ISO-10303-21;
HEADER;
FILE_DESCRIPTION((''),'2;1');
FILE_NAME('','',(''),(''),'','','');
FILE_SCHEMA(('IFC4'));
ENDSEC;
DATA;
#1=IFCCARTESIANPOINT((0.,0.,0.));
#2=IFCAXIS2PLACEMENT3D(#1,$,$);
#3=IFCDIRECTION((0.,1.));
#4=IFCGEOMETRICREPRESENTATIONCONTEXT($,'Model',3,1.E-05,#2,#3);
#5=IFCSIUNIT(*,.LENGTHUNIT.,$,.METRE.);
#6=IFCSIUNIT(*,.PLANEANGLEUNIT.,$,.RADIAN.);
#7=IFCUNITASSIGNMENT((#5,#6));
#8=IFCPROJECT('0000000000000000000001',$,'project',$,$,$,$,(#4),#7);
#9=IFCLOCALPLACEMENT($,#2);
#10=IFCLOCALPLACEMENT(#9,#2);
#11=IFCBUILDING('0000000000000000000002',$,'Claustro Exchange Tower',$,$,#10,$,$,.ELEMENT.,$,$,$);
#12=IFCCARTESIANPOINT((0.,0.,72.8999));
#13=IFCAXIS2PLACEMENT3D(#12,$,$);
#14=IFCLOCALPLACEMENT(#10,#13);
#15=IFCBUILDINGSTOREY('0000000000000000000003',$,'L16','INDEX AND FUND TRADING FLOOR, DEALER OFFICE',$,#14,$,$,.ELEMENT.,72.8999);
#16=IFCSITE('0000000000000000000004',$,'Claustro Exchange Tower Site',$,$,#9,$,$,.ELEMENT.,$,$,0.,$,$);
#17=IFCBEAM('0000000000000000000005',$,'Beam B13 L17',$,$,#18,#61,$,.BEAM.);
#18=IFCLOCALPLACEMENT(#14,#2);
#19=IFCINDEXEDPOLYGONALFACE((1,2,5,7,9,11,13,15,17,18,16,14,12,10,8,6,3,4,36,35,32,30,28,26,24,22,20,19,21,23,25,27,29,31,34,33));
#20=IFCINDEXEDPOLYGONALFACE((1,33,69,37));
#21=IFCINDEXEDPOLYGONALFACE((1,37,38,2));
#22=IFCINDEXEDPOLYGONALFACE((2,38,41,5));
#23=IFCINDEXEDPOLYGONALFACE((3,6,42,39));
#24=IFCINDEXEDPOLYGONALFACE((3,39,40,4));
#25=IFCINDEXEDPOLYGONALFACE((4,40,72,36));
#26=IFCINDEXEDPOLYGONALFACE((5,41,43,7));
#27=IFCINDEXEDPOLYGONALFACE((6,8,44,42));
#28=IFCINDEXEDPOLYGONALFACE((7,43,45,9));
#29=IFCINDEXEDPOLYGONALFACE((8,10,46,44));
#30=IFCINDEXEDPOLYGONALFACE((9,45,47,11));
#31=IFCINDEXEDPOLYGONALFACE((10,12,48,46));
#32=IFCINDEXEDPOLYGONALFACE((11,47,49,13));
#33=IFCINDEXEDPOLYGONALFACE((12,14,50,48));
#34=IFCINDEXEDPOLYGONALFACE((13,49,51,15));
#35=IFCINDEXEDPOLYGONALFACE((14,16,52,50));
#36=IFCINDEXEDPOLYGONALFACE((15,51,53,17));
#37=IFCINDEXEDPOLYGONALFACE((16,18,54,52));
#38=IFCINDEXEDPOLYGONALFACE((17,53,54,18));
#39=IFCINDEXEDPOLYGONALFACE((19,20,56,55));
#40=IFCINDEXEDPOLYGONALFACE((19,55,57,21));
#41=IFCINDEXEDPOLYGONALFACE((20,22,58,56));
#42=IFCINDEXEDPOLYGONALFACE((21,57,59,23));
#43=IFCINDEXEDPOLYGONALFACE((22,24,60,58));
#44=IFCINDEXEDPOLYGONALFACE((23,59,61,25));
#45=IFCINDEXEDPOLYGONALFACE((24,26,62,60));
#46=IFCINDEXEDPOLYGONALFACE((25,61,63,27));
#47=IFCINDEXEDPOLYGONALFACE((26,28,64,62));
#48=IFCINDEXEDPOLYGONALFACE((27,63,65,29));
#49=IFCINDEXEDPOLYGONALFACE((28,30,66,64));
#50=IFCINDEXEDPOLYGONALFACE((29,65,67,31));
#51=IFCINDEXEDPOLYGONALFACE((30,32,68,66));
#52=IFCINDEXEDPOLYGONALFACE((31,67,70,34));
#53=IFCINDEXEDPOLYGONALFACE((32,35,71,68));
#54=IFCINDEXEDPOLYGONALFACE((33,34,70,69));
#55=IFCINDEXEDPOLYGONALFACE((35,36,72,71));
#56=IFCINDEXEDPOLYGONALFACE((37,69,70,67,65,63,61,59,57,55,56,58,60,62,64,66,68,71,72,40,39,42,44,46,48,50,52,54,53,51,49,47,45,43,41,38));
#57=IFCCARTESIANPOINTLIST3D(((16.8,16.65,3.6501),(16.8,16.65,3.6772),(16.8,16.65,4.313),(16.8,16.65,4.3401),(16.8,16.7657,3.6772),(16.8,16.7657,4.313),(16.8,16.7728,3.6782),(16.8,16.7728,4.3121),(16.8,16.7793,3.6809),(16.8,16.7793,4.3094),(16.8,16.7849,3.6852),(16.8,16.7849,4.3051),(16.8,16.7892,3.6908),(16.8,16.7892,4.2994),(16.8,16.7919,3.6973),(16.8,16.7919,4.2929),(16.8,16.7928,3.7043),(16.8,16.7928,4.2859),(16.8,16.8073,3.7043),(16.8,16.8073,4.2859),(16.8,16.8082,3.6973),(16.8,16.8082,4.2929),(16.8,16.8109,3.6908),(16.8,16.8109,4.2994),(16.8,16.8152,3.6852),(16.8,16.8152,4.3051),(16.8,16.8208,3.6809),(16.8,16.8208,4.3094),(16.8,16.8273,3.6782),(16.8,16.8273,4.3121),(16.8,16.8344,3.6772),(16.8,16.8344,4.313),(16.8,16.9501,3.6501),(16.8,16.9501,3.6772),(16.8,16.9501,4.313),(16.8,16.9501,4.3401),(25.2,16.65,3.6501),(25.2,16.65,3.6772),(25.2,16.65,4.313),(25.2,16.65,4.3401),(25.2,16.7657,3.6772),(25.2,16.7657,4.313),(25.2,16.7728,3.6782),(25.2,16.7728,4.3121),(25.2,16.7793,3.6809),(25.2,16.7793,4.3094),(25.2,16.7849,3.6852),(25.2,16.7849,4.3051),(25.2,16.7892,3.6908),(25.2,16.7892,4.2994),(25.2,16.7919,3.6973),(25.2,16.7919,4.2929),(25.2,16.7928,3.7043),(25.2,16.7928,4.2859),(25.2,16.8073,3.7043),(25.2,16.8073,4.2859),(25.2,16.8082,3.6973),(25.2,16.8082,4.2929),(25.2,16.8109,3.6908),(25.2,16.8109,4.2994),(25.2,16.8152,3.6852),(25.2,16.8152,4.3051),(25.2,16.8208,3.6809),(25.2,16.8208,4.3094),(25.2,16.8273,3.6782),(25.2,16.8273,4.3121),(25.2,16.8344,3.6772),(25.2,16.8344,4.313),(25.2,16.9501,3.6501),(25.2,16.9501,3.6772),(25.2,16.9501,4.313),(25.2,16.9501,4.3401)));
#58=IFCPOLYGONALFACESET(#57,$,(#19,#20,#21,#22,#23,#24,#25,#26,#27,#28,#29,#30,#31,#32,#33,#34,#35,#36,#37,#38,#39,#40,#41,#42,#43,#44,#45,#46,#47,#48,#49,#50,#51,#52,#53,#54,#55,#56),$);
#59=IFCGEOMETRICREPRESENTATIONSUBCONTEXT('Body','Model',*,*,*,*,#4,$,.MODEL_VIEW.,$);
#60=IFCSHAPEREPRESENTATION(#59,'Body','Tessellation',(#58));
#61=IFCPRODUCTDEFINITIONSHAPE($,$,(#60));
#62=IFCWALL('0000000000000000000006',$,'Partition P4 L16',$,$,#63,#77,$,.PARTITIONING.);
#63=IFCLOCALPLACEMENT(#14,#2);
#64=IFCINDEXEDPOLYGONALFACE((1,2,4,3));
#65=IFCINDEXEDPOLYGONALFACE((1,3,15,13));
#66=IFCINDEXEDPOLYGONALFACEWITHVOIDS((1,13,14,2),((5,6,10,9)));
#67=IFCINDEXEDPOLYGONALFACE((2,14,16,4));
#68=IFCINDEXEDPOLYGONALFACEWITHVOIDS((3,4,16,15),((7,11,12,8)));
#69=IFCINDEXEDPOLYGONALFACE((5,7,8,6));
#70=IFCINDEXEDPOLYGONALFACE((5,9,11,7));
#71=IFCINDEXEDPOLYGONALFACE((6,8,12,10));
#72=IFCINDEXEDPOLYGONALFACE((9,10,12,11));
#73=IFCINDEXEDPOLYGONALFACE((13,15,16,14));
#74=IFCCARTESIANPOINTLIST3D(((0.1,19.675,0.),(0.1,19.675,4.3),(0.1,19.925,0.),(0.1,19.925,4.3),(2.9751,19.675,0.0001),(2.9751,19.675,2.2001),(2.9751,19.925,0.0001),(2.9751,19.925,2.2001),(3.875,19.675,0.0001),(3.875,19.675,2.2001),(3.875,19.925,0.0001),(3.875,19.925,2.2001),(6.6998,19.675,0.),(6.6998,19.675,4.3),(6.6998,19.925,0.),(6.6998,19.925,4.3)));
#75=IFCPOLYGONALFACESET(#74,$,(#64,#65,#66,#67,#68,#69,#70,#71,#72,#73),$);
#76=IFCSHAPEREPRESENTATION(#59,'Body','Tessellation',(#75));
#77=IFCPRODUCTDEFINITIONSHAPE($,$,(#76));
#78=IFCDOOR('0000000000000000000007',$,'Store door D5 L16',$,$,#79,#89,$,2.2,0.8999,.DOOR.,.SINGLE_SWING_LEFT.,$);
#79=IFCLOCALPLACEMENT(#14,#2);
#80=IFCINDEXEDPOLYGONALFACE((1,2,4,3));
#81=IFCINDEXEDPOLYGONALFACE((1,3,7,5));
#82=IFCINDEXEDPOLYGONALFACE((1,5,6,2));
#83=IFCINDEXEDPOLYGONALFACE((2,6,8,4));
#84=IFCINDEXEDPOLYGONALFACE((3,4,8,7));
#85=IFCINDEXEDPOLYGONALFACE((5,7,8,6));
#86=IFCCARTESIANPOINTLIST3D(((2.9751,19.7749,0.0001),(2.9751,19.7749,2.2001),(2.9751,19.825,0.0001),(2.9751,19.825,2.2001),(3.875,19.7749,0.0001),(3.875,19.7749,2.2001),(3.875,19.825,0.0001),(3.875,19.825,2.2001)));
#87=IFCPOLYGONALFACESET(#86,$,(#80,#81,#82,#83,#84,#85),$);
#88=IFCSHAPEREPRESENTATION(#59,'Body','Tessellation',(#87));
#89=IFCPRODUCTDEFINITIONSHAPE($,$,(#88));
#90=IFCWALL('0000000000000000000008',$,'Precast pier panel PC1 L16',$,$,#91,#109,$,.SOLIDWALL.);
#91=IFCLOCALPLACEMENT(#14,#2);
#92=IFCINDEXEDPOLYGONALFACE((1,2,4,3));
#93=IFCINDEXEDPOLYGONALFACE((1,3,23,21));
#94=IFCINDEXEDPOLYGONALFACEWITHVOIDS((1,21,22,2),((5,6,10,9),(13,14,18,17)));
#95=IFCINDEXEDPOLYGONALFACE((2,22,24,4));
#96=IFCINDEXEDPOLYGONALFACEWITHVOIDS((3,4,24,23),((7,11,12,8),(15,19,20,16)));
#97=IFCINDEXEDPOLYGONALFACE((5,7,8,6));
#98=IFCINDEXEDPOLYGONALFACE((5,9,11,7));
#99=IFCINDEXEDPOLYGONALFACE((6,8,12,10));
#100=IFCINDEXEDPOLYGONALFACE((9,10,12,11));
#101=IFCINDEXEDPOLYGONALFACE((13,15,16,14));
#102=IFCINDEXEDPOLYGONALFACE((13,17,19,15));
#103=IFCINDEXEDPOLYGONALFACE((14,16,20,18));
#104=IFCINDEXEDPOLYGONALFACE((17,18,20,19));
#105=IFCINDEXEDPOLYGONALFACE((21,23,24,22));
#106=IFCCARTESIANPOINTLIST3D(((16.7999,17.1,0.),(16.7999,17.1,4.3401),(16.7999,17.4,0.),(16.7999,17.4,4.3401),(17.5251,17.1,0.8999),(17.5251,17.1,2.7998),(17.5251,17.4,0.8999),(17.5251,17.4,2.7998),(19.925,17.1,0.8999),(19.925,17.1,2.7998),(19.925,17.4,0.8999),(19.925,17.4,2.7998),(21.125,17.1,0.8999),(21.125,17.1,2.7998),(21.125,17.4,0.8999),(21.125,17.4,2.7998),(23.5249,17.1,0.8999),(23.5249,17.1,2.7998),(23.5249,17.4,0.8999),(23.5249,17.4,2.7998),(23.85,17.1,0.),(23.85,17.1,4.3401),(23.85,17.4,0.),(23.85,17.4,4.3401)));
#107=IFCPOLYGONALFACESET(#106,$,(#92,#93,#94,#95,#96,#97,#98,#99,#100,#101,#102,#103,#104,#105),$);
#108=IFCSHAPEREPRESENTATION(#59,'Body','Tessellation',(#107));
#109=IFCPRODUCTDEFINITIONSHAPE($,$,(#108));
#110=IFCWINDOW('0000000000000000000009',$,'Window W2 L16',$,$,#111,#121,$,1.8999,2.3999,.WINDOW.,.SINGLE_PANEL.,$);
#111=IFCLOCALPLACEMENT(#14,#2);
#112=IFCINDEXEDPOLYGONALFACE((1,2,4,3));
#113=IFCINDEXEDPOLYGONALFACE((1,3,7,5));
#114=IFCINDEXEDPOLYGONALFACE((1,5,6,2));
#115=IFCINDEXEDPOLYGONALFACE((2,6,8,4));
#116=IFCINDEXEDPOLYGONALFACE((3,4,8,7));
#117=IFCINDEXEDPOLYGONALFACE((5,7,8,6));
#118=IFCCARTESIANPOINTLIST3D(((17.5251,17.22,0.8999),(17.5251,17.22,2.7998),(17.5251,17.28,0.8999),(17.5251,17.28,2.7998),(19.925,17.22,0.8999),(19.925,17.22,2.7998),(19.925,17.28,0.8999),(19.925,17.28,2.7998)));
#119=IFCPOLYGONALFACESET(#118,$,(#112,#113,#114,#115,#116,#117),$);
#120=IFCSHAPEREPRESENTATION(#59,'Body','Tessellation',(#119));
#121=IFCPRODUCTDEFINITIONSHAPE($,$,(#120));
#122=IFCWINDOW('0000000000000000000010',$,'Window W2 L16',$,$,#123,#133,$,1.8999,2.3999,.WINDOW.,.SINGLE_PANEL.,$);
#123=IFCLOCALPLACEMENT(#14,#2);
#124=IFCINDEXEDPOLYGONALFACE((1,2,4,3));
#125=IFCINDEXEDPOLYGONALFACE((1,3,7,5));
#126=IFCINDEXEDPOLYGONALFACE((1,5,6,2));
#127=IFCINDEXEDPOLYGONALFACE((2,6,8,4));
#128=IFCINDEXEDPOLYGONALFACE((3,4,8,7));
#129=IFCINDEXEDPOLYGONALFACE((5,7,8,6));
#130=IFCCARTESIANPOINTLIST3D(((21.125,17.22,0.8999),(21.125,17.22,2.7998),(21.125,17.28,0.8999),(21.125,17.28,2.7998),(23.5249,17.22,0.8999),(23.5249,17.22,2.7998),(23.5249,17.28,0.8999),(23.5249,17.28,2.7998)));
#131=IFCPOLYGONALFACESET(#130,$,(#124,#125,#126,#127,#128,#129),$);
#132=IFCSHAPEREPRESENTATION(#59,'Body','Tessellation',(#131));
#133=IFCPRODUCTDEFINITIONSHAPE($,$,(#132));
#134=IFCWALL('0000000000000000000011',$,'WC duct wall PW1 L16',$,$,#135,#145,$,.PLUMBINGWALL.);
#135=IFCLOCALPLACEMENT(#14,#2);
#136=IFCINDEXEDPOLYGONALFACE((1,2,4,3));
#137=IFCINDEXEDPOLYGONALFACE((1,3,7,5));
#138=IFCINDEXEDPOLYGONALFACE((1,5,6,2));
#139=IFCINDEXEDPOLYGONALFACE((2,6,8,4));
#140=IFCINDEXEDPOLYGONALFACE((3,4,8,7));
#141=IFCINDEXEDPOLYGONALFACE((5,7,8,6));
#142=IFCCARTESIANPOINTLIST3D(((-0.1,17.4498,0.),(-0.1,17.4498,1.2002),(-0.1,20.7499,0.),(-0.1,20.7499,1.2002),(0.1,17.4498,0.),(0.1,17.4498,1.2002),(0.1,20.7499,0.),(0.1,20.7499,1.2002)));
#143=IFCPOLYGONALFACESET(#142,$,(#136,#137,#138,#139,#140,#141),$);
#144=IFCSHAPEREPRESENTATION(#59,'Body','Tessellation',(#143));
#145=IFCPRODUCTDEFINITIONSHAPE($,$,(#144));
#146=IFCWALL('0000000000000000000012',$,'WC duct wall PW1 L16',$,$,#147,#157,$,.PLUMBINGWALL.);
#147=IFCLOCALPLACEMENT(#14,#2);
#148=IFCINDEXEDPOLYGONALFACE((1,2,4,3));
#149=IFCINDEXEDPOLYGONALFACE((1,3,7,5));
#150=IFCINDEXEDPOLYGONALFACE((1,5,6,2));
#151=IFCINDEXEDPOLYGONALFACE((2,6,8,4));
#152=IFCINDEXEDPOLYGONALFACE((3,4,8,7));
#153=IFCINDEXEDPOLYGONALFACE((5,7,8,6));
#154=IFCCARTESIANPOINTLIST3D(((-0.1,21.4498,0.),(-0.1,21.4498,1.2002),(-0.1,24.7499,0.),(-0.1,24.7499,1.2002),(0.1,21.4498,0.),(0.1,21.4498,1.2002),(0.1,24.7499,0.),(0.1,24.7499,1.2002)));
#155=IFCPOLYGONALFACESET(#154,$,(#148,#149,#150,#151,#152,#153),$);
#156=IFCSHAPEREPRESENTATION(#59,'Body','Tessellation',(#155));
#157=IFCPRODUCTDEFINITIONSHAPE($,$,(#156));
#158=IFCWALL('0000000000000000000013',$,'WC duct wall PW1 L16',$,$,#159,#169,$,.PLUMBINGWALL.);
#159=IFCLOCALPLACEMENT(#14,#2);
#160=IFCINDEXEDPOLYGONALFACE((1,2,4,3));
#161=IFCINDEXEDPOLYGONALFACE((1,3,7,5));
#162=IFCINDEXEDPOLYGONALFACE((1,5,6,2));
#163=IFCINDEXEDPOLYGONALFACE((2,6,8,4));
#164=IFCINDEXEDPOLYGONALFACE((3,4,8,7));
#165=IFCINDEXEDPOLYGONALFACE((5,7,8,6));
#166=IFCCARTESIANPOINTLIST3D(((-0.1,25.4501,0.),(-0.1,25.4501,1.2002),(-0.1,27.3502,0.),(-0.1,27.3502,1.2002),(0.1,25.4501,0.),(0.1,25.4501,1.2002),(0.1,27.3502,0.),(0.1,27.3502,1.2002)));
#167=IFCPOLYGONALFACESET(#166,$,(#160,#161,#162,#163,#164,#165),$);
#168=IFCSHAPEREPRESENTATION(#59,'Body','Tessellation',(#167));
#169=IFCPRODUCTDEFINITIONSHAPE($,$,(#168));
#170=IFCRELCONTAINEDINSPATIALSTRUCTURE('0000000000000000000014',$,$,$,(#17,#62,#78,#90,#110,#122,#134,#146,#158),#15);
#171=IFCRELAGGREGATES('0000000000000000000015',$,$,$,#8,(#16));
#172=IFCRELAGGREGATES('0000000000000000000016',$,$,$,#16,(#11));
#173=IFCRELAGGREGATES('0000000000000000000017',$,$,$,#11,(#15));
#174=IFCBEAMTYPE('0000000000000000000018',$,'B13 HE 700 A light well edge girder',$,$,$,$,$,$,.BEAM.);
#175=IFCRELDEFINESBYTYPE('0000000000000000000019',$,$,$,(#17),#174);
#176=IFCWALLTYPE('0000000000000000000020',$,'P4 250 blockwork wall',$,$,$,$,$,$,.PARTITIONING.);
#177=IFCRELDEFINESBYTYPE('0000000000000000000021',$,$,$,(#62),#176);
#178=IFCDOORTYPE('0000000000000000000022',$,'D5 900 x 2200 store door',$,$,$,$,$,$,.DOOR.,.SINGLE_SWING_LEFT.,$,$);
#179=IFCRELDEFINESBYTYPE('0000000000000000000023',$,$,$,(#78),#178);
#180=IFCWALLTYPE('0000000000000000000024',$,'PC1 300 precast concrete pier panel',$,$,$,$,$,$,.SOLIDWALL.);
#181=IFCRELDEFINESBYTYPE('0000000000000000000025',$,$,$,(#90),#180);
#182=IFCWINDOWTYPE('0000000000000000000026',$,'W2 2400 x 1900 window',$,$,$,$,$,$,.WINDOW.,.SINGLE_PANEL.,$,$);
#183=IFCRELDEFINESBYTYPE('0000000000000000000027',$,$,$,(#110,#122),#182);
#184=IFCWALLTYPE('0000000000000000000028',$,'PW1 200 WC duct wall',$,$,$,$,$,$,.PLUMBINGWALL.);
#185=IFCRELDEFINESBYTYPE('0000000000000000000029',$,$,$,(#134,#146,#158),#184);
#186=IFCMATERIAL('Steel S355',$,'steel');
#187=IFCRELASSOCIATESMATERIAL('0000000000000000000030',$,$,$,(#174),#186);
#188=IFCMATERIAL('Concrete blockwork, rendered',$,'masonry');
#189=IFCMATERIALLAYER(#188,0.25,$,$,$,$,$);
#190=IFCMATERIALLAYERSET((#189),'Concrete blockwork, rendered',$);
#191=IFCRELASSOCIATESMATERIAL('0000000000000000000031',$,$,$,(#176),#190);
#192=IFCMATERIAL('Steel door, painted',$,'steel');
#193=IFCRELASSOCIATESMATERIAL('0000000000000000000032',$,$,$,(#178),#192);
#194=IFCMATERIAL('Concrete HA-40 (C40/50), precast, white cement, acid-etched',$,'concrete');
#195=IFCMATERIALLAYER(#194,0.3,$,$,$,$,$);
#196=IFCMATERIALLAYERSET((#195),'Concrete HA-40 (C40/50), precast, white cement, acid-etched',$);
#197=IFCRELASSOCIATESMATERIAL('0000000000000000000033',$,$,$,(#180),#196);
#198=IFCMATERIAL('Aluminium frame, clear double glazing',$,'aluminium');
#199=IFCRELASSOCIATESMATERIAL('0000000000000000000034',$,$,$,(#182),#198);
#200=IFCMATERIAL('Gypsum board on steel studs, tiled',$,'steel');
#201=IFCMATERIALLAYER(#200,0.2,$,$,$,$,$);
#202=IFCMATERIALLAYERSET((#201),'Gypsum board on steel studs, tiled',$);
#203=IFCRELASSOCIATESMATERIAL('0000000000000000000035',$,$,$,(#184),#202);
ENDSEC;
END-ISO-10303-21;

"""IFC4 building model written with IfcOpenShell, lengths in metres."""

from ifc_helpers import new_model, si_unit, direction, frame, frame_2d, origin, origin_2d, place, context, subcontext, project, spatial, rectangle, i_section, extrude, material, layer, layer_set, material_profile, profile_set, type_object, element, fill, save


model = new_model("IFC4")

# Units and contexts
model_context = context("Model", 3, precision=1e-05, world=origin(), true_north=direction((0.0, 1.0)))
body_context = subcontext(model_context, "Body", "Model", "MODEL_VIEW")
ifc_project = project(units=[si_unit("LENGTHUNIT", "METRE"), si_unit("PLANEANGLEUNIT", "RADIAN")], contexts=[model_context])

# Site, building, storey
site_placement = place(None, origin())
site = spatial("IfcSite", under=ifc_project, at=site_placement, Name="Claustro Exchange Tower Site", CompositionType="ELEMENT", RefElevation=0.0)
building_placement = place(site_placement, origin())
building = spatial("IfcBuilding", under=site, at=building_placement, Name="Claustro Exchange Tower", CompositionType="ELEMENT")
storey_placement = place(building_placement, frame((0.0, 0.0, 72.8999)))
storey = spatial("IfcBuildingStorey", under=building, at=storey_placement, Name="L16", Description="INDEX AND FUND TRADING FLOOR, DEALER OFFICE", CompositionType="ELEMENT", Elevation=72.8999)

# Beam
ifc_material_1 = material(Name="Steel S355", Category="steel")
ifc_material_profile = material_profile(ifc_material_1, i_section(OverallWidth=0.3, OverallDepth=0.6899, WebThickness=0.0144, FlangeThickness=0.0271, FilletRadius=0.0271, at=origin_2d()), Name="HE 700 A")
ifc_profile_set = profile_set([ifc_material_profile], Name="Steel S355")
beam_type = type_object("IfcBeamType", Name="B13 HE 700 A light well edge girder", PredefinedType="BEAM", material=ifc_profile_set)
beam_placement = place(storey_placement, frame((16.8, 16.8, 3.9951), z_axis=(1.0, 0.0, 0.0), x_axis=(0.0, 1.0, 0.0)))
element("IfcBeam", 1, at=beam_placement, inside=storey, type_object=beam_type, Name="Beam B13 L17", PredefinedType="BEAM", context=body_context, shape_type="SweptSolid", body=[
    extrude(i_section(OverallWidth=0.3, OverallDepth=0.6899, WebThickness=0.0144, FlangeThickness=0.0271, FilletRadius=0.0271, at=origin_2d()), origin(), (0.0, 0.0, 1.0), 8.3999),
])

# Wall, opening, door
ifc_material_2 = material(Name="Concrete blockwork, rendered", Category="masonry")
ifc_layer_1 = layer(ifc_material_2, 0.25)
ifc_layer_set_1 = layer_set([ifc_layer_1], Name="Concrete blockwork, rendered")
wall_type_1 = type_object("IfcWallType", Name="P4 250 blockwork wall", PredefinedType="PARTITIONING", material=ifc_layer_set_1)
wall_1_placement = place(storey_placement, frame((0.1001, 19.8, 0.0), z_axis=(0.0, 0.0, 1.0), x_axis=(1.0, 0.0, 0.0)))
wall_1 = element("IfcWall", 2, at=wall_1_placement, inside=storey, type_object=wall_type_1, Name="Partition P4 L16", PredefinedType="PARTITIONING", context=body_context, shape_type="SweptSolid", body=[
    extrude(rectangle(XDim=6.5999, YDim=0.25, at=frame_2d((3.2998, 0.0))), origin(), (0.0, 0.0, 1.0), 4.3),
])
opening_1_placement = place(wall_1_placement, frame((2.875, 0.0, 0.0)))
opening_1 = element("IfcOpeningElement", 3, at=opening_1_placement, cuts=wall_1, PredefinedType="OPENING", context=body_context, shape_type="SweptSolid", body=[
    extrude(rectangle(XDim=0.8999, YDim=2.2, at=frame_2d((0.45, 1.1001))), frame((0.0, 0.135, 0.0), z_axis=(0.0, -1.0, 0.0), x_axis=(1.0, 0.0, 0.0)), (0.0, 0.0, 1.0), 0.27),
])
ifc_material_3 = material(Name="Steel door, painted", Category="steel")
door_type = type_object("IfcDoorType", Name="D5 900 x 2200 store door", OperationType="SINGLE_SWING_LEFT", PredefinedType="DOOR", material=ifc_material_3)
door_placement = place(opening_1_placement, origin())
door = element("IfcDoor", 4, at=door_placement, inside=storey, type_object=door_type, Name="Store door D5 L16", OperationType="SINGLE_SWING_LEFT", OverallHeight=2.2, OverallWidth=0.8999, PredefinedType="DOOR", context=body_context, shape_type="SweptSolid", body=[
    extrude(rectangle(XDim=0.8999, YDim=2.2, at=frame_2d((0.45, 1.1001))), frame((0.0, 0.0249, 0.0), z_axis=(0.0, -1.0, 0.0), x_axis=(1.0, 0.0, 0.0)), (0.0, 0.0, 1.0), 0.05),
])
fill(opening_1, door)

# Wall, openings, windows
ifc_material_4 = material(Name="Concrete HA-40 (C40/50), precast, white cement, acid-etched", Category="concrete")
ifc_layer_2 = layer(ifc_material_4, 0.3)
ifc_layer_set_2 = layer_set([ifc_layer_2], Name="Concrete HA-40 (C40/50), precast, white cement, acid-etched")
wall_type_2 = type_object("IfcWallType", Name="PC1 300 precast concrete pier panel", PredefinedType="SOLIDWALL", material=ifc_layer_set_2)
wall_2_placement = place(storey_placement, frame((16.8, 17.25, 0.0), z_axis=(0.0, 0.0, 1.0), x_axis=(1.0, 0.0, 0.0)))
wall_2 = element("IfcWall", 5, at=wall_2_placement, inside=storey, type_object=wall_type_2, Name="Precast pier panel PC1 L16", PredefinedType="SOLIDWALL", context=body_context, shape_type="SweptSolid", body=[
    extrude(rectangle(XDim=7.05, YDim=0.3, at=frame_2d((3.5249, 0.0))), origin(), (0.0, 0.0, 1.0), 4.3401),
])
opening_2_placement = place(wall_2_placement, frame((0.7251, 0.0, 0.8999)))
opening_2 = element("IfcOpeningElement", 6, at=opening_2_placement, cuts=wall_2, PredefinedType="OPENING", context=body_context, shape_type="SweptSolid", body=[
    extrude(rectangle(XDim=2.3999, YDim=1.8999, at=frame_2d((1.2, 0.95))), frame((0.0, 0.1599, 0.0), z_axis=(0.0, -1.0, 0.0), x_axis=(1.0, 0.0, 0.0)), (0.0, 0.0, 1.0), 0.3201),
])
opening_3_placement = place(wall_2_placement, frame((4.325, 0.0, 0.8999)))
opening_3 = element("IfcOpeningElement", 7, at=opening_3_placement, cuts=wall_2, PredefinedType="OPENING", context=body_context, shape_type="SweptSolid", body=[
    extrude(rectangle(XDim=2.3999, YDim=1.8999, at=frame_2d((1.2, 0.95))), frame((0.0, 0.1599, 0.0), z_axis=(0.0, -1.0, 0.0), x_axis=(1.0, 0.0, 0.0)), (0.0, 0.0, 1.0), 0.3201),
])
ifc_material_5 = material(Name="Aluminium frame, clear double glazing", Category="aluminium")
window_type = type_object("IfcWindowType", Name="W2 2400 x 1900 window", PartitioningType="SINGLE_PANEL", PredefinedType="WINDOW", material=ifc_material_5)
window_1_placement = place(opening_2_placement, origin())
window_1 = element("IfcWindow", 8, at=window_1_placement, inside=storey, type_object=window_type, Name="Window W2 L16", OverallHeight=1.8999, OverallWidth=2.3999, PartitioningType="SINGLE_PANEL", PredefinedType="WINDOW", context=body_context, shape_type="SweptSolid", body=[
    extrude(rectangle(XDim=2.3999, YDim=1.8999, at=frame_2d((1.2, 0.95))), frame((0.0, 0.03, 0.0), z_axis=(0.0, -1.0, 0.0), x_axis=(1.0, 0.0, 0.0)), (0.0, 0.0, 1.0), 0.0601),
])
fill(opening_2, window_1)
window_2_placement = place(opening_3_placement, origin())
window_2 = element("IfcWindow", 9, at=window_2_placement, inside=storey, type_object=window_type, Name="Window W2 L16", OverallHeight=1.8999, OverallWidth=2.3999, PartitioningType="SINGLE_PANEL", PredefinedType="WINDOW", context=body_context, shape_type="SweptSolid", body=[
    extrude(rectangle(XDim=2.3999, YDim=1.8999, at=frame_2d((1.2, 0.95))), frame((0.0, 0.03, 0.0), z_axis=(0.0, -1.0, 0.0), x_axis=(1.0, 0.0, 0.0)), (0.0, 0.0, 1.0), 0.0601),
])
fill(opening_3, window_2)

# Walls
ifc_material_6 = material(Name="Gypsum board on steel studs, tiled", Category="steel")
ifc_layer_3 = layer(ifc_material_6, 0.2)
ifc_layer_set_3 = layer_set([ifc_layer_3], Name="Gypsum board on steel studs, tiled")
wall_type_3 = type_object("IfcWallType", Name="PW1 200 WC duct wall", PredefinedType="PLUMBINGWALL", material=ifc_layer_set_3)
for number, where, z_axis, x_axis, name in (
    (10, (0.0, 17.45, 0.0), (0.0, 0.0, 1.0), (0.0, 1.0, 0.0), "WC duct wall PW1 L16"),
    (11, (0.0, 21.45, 0.0), (0.0, 0.0, 1.0), (0.0, 1.0, 0.0), "WC duct wall PW1 L16"),
):
    element("IfcWall", number, at=place(storey_placement, frame(where, z_axis=z_axis, x_axis=x_axis)), inside=storey, type_object=wall_type_3, Name=name, PredefinedType="PLUMBINGWALL", context=body_context, shape_type="SweptSolid", body=[
        extrude(rectangle(XDim=3.3, YDim=0.2, at=frame_2d((1.6499, 0.0))), origin(), (0.0, 0.0, 1.0), 1.2002),
    ])
wall_3_placement = place(storey_placement, frame((0.0, 25.45, 0.0), z_axis=(0.0, 0.0, 1.0), x_axis=(0.0, 1.0, 0.0)))
element("IfcWall", 12, at=wall_3_placement, inside=storey, type_object=wall_type_3, Name="WC duct wall PW1 L16", PredefinedType="PLUMBINGWALL", context=body_context, shape_type="SweptSolid", body=[
    extrude(rectangle(XDim=1.9001, YDim=0.2, at=frame_2d((0.9502, 0.0))), origin(), (0.0, 0.0, 1.0), 1.2002),
])

save(model, "model.ifc")
